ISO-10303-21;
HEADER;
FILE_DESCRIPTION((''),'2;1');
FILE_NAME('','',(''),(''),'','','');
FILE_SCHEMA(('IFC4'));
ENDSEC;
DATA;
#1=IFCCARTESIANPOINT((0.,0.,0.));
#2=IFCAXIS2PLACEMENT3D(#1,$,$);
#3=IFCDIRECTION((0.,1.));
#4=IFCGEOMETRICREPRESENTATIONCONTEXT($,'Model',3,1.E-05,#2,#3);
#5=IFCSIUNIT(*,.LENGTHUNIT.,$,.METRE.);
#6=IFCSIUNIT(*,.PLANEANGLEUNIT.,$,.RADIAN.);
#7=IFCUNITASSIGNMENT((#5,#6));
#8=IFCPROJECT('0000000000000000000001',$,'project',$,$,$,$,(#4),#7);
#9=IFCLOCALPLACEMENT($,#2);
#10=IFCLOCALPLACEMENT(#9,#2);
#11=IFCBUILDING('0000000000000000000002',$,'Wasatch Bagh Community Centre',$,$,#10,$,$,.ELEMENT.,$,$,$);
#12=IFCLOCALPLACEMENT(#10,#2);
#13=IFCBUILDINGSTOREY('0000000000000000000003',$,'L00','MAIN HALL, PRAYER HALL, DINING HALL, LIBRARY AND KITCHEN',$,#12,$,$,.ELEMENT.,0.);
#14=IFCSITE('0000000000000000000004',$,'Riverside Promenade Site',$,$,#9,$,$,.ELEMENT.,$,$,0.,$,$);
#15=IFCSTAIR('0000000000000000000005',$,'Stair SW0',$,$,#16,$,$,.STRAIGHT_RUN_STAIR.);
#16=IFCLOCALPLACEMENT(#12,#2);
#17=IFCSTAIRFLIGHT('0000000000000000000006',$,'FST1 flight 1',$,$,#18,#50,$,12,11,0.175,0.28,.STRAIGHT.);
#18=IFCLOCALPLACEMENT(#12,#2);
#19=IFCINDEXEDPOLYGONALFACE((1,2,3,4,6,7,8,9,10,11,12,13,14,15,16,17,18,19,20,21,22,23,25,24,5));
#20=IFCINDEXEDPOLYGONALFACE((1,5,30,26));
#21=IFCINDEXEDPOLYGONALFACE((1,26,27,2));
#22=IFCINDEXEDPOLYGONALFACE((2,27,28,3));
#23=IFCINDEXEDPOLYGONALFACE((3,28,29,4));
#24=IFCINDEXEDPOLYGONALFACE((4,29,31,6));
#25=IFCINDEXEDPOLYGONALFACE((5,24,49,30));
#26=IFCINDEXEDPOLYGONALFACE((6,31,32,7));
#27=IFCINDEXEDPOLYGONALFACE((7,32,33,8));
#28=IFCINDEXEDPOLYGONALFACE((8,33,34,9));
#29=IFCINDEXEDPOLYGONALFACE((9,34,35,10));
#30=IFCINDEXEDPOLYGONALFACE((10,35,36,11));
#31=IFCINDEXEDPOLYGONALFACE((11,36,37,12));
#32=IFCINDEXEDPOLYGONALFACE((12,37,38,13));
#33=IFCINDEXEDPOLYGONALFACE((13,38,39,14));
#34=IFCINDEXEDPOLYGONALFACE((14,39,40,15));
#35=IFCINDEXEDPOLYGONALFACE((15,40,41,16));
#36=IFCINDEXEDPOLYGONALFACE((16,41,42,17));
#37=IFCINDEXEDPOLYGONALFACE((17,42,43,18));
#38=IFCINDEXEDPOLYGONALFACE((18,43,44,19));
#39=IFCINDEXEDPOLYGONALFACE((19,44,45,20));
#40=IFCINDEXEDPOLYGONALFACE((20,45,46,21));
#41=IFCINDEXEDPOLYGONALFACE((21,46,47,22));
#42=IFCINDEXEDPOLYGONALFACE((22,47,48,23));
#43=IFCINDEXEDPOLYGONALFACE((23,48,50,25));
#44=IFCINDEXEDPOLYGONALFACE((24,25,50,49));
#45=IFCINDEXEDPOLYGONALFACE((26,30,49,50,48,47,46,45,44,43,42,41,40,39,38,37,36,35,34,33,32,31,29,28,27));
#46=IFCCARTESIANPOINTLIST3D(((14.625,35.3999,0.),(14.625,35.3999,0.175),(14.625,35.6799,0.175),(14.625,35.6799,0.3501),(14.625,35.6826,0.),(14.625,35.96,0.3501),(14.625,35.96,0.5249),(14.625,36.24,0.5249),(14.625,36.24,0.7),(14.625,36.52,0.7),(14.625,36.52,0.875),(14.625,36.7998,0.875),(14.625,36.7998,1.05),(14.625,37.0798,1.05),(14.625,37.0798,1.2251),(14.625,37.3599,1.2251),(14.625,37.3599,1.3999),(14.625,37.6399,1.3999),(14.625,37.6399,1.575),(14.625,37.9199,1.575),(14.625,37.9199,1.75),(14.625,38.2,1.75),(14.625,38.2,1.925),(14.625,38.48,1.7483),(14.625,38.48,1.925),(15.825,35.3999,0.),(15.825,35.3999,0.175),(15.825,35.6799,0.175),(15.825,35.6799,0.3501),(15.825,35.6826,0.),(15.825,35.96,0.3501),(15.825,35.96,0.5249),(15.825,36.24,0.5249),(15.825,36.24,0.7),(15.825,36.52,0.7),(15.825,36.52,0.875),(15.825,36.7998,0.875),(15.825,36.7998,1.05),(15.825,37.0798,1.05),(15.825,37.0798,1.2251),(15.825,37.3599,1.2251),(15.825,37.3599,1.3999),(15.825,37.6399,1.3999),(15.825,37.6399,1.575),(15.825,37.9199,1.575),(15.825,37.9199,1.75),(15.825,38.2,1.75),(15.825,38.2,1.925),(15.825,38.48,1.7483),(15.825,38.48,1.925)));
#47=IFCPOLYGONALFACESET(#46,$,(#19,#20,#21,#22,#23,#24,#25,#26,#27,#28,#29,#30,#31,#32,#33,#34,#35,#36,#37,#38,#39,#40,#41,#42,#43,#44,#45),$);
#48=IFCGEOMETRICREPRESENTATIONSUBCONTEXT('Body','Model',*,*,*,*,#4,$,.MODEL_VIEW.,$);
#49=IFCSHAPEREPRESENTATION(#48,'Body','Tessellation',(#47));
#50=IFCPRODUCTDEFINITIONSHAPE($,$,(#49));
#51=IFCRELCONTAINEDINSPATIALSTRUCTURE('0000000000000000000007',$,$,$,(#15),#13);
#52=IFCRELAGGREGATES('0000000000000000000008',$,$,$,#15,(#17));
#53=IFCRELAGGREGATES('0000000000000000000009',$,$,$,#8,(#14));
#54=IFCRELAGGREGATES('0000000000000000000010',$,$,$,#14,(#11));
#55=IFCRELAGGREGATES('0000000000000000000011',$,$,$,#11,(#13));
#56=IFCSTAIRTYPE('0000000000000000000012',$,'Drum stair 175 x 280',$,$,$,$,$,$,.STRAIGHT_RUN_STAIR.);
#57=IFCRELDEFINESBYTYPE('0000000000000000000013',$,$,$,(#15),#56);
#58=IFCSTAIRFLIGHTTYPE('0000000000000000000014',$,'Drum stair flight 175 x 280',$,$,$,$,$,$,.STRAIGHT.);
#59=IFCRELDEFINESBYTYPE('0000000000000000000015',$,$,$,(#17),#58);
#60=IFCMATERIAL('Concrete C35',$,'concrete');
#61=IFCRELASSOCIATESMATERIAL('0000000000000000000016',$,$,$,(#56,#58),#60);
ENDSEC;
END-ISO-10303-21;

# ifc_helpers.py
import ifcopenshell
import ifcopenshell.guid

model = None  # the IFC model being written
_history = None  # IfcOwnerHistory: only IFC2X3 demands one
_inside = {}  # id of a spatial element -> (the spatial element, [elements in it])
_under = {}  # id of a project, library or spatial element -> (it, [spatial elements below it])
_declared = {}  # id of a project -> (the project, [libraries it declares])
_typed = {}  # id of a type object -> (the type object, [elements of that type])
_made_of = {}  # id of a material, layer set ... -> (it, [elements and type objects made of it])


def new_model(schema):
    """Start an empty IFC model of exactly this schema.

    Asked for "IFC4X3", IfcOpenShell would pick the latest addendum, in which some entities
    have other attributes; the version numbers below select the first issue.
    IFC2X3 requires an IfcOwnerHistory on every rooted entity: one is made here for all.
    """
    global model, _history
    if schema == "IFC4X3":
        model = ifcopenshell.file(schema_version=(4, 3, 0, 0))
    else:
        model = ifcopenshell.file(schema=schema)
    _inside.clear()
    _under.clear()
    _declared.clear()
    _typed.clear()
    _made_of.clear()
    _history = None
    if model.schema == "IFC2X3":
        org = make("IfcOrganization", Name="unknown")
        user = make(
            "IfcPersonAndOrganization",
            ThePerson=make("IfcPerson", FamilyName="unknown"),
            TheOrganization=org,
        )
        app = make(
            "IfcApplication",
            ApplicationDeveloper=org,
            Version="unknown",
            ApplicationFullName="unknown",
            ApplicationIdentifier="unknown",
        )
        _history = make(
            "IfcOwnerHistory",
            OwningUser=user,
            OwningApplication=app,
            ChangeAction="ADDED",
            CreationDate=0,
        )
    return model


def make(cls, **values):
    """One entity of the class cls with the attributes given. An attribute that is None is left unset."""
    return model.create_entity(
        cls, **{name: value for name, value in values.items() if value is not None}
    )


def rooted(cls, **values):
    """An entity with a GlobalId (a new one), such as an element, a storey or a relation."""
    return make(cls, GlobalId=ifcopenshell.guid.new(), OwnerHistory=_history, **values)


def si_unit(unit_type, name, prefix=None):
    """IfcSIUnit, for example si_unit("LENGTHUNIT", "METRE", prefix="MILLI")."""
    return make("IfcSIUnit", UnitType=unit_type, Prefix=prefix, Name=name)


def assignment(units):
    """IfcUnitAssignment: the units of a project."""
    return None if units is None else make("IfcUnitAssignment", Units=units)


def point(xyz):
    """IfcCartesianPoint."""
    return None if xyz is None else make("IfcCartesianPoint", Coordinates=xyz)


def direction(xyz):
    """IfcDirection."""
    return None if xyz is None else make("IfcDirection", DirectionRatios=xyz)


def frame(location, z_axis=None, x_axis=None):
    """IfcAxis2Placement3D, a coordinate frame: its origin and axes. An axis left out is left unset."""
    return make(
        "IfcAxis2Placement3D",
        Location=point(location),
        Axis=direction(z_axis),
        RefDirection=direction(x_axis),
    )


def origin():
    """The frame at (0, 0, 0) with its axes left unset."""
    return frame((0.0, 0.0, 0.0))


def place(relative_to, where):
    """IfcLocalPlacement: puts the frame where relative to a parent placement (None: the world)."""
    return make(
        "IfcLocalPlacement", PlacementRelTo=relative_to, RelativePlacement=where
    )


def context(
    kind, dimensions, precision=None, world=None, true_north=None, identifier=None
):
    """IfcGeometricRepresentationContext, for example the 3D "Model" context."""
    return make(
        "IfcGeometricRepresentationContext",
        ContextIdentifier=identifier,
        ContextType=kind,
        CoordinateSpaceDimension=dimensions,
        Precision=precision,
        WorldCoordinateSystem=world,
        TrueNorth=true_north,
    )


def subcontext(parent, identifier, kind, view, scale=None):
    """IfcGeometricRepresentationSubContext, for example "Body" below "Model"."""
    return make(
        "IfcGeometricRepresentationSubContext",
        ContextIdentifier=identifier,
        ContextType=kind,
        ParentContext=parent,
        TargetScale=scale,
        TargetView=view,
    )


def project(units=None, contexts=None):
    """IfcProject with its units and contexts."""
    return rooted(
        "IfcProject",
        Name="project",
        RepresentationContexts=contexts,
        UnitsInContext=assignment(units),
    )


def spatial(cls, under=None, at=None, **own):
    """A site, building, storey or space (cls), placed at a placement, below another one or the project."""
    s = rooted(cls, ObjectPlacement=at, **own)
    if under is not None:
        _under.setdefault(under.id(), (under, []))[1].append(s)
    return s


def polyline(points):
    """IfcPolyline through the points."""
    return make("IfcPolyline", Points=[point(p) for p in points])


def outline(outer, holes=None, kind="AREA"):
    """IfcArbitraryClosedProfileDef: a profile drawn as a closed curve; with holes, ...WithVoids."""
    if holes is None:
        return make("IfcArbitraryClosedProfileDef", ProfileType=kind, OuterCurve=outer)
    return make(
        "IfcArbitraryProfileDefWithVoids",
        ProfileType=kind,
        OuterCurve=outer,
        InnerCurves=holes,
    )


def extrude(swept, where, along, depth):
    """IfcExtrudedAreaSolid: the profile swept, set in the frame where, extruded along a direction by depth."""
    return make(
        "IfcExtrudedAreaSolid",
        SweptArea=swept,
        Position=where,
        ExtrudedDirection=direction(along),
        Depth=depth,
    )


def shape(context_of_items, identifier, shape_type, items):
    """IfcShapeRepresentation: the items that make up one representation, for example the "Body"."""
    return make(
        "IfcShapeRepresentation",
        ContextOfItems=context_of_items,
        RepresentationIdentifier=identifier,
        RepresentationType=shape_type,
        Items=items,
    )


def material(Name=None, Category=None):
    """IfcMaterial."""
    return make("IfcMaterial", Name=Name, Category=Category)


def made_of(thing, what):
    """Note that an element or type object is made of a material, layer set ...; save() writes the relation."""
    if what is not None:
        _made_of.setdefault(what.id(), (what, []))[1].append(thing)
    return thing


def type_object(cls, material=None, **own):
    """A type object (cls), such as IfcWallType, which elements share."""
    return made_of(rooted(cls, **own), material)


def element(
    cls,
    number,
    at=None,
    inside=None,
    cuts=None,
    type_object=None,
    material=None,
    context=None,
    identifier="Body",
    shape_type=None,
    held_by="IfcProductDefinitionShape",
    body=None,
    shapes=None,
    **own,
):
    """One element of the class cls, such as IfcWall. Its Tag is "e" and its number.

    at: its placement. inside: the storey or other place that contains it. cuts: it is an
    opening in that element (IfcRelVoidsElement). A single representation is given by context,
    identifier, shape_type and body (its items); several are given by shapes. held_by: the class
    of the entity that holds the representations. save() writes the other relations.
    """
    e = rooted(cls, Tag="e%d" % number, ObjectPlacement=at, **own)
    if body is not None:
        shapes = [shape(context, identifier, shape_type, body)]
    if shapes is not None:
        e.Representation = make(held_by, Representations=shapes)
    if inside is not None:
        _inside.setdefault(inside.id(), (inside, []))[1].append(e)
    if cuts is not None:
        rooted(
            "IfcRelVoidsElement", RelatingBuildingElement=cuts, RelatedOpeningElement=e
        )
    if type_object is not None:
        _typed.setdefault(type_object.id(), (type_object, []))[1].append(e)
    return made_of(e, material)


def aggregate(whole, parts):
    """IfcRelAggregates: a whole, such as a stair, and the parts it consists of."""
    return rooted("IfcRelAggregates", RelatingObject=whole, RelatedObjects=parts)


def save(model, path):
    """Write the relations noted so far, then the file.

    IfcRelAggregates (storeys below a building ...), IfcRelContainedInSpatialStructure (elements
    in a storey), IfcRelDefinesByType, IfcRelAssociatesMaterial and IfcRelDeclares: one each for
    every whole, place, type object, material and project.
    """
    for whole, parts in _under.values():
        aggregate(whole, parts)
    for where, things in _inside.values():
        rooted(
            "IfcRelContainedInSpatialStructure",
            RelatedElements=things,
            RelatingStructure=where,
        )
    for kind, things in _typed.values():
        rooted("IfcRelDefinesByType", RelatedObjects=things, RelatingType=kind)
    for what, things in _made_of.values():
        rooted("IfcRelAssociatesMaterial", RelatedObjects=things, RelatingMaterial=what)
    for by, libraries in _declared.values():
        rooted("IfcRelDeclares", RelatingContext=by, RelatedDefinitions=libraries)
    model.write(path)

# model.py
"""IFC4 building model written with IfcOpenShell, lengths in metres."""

from ifc_helpers import new_model, si_unit, direction, frame, origin, place, context, subcontext, project, spatial, polyline, outline, extrude, material, type_object, element, aggregate, save


model = new_model("IFC4")

# Units and contexts
model_context = context("Model", 3, precision=1e-05, world=origin(), true_north=direction((0.0, 1.0)))
body_context = subcontext(model_context, "Body", "Model", "MODEL_VIEW")
ifc_project = project(units=[si_unit("LENGTHUNIT", "METRE"), si_unit("PLANEANGLEUNIT", "RADIAN")], contexts=[model_context])

# Site, building, storey
site_placement = place(None, origin())
site = spatial("IfcSite", under=ifc_project, at=site_placement, Name="Riverside Promenade Site", CompositionType="ELEMENT", RefElevation=0.0)
building_placement = place(site_placement, origin())
building = spatial("IfcBuilding", under=site, at=building_placement, Name="Wasatch Bagh Community Centre", CompositionType="ELEMENT")
storey_placement = place(building_placement, origin())
storey = spatial("IfcBuildingStorey", under=building, at=storey_placement, Name="L00", Description="MAIN HALL, PRAYER HALL, DINING HALL, LIBRARY AND KITCHEN", CompositionType="ELEMENT", Elevation=0.0)

# Shared definitions
ifc_material_1 = material(Name="Concrete C35", Category="concrete")

# Stair, stair flight
stair_type = type_object("IfcStairType", Name="Drum stair 175 x 280", PredefinedType="STRAIGHT_RUN_STAIR", material=ifc_material_1)
stair_placement = place(storey_placement, origin())
stair = element("IfcStair", 1, at=stair_placement, inside=storey, type_object=stair_type, Name="Stair SW0", PredefinedType="STRAIGHT_RUN_STAIR")
stair_flight_type = type_object("IfcStairFlightType", Name="Drum stair flight 175 x 280", PredefinedType="STRAIGHT", material=ifc_material_1)
stair_flight_placement = place(storey_placement, frame((15.2251, 35.3999, 0.0), z_axis=(0.0, 0.0, 1.0), x_axis=(0.0, 1.0, 0.0)))
stair_flight = element("IfcStairFlight", 2, at=stair_flight_placement, type_object=stair_flight_type, Name="FST1 flight 1", NumberOfRisers=12, NumberOfTreads=11, PredefinedType="STRAIGHT", RiserHeight=0.175, TreadLength=0.28, context=body_context, shape_type="SweptSolid", body=[
    extrude(outline(polyline([(0.0, 0.0), (0.0, 0.175), (0.28, 0.175), (0.28, 0.3501), (0.5601, 0.3501), (0.5601, 0.5249), (0.8401, 0.5249), (0.8401, 0.7), (1.1201, 0.7), (1.1201, 0.875), (1.3999, 0.875), (1.3999, 1.05), (1.6799, 1.05), (1.6799, 1.2251), (1.96, 1.2251), (1.96, 1.3999), (2.24, 1.3999), (2.24, 1.575), (2.52, 1.575), (2.52, 1.75), (2.8, 1.75), (2.8, 1.925), (3.0801, 1.925), (3.0801, 2.1001), (3.0801, 1.7483), (0.2827, 0.0), (0.0, 0.0)])), frame((0.0, 0.6001, 0.0), z_axis=(0.0, -1.0, 0.0), x_axis=(1.0, 0.0, 0.0)), (0.0, 0.0, 1.0), 1.2),
])
aggregate(stair, [stair_flight])

save(model, "model.ifc")
